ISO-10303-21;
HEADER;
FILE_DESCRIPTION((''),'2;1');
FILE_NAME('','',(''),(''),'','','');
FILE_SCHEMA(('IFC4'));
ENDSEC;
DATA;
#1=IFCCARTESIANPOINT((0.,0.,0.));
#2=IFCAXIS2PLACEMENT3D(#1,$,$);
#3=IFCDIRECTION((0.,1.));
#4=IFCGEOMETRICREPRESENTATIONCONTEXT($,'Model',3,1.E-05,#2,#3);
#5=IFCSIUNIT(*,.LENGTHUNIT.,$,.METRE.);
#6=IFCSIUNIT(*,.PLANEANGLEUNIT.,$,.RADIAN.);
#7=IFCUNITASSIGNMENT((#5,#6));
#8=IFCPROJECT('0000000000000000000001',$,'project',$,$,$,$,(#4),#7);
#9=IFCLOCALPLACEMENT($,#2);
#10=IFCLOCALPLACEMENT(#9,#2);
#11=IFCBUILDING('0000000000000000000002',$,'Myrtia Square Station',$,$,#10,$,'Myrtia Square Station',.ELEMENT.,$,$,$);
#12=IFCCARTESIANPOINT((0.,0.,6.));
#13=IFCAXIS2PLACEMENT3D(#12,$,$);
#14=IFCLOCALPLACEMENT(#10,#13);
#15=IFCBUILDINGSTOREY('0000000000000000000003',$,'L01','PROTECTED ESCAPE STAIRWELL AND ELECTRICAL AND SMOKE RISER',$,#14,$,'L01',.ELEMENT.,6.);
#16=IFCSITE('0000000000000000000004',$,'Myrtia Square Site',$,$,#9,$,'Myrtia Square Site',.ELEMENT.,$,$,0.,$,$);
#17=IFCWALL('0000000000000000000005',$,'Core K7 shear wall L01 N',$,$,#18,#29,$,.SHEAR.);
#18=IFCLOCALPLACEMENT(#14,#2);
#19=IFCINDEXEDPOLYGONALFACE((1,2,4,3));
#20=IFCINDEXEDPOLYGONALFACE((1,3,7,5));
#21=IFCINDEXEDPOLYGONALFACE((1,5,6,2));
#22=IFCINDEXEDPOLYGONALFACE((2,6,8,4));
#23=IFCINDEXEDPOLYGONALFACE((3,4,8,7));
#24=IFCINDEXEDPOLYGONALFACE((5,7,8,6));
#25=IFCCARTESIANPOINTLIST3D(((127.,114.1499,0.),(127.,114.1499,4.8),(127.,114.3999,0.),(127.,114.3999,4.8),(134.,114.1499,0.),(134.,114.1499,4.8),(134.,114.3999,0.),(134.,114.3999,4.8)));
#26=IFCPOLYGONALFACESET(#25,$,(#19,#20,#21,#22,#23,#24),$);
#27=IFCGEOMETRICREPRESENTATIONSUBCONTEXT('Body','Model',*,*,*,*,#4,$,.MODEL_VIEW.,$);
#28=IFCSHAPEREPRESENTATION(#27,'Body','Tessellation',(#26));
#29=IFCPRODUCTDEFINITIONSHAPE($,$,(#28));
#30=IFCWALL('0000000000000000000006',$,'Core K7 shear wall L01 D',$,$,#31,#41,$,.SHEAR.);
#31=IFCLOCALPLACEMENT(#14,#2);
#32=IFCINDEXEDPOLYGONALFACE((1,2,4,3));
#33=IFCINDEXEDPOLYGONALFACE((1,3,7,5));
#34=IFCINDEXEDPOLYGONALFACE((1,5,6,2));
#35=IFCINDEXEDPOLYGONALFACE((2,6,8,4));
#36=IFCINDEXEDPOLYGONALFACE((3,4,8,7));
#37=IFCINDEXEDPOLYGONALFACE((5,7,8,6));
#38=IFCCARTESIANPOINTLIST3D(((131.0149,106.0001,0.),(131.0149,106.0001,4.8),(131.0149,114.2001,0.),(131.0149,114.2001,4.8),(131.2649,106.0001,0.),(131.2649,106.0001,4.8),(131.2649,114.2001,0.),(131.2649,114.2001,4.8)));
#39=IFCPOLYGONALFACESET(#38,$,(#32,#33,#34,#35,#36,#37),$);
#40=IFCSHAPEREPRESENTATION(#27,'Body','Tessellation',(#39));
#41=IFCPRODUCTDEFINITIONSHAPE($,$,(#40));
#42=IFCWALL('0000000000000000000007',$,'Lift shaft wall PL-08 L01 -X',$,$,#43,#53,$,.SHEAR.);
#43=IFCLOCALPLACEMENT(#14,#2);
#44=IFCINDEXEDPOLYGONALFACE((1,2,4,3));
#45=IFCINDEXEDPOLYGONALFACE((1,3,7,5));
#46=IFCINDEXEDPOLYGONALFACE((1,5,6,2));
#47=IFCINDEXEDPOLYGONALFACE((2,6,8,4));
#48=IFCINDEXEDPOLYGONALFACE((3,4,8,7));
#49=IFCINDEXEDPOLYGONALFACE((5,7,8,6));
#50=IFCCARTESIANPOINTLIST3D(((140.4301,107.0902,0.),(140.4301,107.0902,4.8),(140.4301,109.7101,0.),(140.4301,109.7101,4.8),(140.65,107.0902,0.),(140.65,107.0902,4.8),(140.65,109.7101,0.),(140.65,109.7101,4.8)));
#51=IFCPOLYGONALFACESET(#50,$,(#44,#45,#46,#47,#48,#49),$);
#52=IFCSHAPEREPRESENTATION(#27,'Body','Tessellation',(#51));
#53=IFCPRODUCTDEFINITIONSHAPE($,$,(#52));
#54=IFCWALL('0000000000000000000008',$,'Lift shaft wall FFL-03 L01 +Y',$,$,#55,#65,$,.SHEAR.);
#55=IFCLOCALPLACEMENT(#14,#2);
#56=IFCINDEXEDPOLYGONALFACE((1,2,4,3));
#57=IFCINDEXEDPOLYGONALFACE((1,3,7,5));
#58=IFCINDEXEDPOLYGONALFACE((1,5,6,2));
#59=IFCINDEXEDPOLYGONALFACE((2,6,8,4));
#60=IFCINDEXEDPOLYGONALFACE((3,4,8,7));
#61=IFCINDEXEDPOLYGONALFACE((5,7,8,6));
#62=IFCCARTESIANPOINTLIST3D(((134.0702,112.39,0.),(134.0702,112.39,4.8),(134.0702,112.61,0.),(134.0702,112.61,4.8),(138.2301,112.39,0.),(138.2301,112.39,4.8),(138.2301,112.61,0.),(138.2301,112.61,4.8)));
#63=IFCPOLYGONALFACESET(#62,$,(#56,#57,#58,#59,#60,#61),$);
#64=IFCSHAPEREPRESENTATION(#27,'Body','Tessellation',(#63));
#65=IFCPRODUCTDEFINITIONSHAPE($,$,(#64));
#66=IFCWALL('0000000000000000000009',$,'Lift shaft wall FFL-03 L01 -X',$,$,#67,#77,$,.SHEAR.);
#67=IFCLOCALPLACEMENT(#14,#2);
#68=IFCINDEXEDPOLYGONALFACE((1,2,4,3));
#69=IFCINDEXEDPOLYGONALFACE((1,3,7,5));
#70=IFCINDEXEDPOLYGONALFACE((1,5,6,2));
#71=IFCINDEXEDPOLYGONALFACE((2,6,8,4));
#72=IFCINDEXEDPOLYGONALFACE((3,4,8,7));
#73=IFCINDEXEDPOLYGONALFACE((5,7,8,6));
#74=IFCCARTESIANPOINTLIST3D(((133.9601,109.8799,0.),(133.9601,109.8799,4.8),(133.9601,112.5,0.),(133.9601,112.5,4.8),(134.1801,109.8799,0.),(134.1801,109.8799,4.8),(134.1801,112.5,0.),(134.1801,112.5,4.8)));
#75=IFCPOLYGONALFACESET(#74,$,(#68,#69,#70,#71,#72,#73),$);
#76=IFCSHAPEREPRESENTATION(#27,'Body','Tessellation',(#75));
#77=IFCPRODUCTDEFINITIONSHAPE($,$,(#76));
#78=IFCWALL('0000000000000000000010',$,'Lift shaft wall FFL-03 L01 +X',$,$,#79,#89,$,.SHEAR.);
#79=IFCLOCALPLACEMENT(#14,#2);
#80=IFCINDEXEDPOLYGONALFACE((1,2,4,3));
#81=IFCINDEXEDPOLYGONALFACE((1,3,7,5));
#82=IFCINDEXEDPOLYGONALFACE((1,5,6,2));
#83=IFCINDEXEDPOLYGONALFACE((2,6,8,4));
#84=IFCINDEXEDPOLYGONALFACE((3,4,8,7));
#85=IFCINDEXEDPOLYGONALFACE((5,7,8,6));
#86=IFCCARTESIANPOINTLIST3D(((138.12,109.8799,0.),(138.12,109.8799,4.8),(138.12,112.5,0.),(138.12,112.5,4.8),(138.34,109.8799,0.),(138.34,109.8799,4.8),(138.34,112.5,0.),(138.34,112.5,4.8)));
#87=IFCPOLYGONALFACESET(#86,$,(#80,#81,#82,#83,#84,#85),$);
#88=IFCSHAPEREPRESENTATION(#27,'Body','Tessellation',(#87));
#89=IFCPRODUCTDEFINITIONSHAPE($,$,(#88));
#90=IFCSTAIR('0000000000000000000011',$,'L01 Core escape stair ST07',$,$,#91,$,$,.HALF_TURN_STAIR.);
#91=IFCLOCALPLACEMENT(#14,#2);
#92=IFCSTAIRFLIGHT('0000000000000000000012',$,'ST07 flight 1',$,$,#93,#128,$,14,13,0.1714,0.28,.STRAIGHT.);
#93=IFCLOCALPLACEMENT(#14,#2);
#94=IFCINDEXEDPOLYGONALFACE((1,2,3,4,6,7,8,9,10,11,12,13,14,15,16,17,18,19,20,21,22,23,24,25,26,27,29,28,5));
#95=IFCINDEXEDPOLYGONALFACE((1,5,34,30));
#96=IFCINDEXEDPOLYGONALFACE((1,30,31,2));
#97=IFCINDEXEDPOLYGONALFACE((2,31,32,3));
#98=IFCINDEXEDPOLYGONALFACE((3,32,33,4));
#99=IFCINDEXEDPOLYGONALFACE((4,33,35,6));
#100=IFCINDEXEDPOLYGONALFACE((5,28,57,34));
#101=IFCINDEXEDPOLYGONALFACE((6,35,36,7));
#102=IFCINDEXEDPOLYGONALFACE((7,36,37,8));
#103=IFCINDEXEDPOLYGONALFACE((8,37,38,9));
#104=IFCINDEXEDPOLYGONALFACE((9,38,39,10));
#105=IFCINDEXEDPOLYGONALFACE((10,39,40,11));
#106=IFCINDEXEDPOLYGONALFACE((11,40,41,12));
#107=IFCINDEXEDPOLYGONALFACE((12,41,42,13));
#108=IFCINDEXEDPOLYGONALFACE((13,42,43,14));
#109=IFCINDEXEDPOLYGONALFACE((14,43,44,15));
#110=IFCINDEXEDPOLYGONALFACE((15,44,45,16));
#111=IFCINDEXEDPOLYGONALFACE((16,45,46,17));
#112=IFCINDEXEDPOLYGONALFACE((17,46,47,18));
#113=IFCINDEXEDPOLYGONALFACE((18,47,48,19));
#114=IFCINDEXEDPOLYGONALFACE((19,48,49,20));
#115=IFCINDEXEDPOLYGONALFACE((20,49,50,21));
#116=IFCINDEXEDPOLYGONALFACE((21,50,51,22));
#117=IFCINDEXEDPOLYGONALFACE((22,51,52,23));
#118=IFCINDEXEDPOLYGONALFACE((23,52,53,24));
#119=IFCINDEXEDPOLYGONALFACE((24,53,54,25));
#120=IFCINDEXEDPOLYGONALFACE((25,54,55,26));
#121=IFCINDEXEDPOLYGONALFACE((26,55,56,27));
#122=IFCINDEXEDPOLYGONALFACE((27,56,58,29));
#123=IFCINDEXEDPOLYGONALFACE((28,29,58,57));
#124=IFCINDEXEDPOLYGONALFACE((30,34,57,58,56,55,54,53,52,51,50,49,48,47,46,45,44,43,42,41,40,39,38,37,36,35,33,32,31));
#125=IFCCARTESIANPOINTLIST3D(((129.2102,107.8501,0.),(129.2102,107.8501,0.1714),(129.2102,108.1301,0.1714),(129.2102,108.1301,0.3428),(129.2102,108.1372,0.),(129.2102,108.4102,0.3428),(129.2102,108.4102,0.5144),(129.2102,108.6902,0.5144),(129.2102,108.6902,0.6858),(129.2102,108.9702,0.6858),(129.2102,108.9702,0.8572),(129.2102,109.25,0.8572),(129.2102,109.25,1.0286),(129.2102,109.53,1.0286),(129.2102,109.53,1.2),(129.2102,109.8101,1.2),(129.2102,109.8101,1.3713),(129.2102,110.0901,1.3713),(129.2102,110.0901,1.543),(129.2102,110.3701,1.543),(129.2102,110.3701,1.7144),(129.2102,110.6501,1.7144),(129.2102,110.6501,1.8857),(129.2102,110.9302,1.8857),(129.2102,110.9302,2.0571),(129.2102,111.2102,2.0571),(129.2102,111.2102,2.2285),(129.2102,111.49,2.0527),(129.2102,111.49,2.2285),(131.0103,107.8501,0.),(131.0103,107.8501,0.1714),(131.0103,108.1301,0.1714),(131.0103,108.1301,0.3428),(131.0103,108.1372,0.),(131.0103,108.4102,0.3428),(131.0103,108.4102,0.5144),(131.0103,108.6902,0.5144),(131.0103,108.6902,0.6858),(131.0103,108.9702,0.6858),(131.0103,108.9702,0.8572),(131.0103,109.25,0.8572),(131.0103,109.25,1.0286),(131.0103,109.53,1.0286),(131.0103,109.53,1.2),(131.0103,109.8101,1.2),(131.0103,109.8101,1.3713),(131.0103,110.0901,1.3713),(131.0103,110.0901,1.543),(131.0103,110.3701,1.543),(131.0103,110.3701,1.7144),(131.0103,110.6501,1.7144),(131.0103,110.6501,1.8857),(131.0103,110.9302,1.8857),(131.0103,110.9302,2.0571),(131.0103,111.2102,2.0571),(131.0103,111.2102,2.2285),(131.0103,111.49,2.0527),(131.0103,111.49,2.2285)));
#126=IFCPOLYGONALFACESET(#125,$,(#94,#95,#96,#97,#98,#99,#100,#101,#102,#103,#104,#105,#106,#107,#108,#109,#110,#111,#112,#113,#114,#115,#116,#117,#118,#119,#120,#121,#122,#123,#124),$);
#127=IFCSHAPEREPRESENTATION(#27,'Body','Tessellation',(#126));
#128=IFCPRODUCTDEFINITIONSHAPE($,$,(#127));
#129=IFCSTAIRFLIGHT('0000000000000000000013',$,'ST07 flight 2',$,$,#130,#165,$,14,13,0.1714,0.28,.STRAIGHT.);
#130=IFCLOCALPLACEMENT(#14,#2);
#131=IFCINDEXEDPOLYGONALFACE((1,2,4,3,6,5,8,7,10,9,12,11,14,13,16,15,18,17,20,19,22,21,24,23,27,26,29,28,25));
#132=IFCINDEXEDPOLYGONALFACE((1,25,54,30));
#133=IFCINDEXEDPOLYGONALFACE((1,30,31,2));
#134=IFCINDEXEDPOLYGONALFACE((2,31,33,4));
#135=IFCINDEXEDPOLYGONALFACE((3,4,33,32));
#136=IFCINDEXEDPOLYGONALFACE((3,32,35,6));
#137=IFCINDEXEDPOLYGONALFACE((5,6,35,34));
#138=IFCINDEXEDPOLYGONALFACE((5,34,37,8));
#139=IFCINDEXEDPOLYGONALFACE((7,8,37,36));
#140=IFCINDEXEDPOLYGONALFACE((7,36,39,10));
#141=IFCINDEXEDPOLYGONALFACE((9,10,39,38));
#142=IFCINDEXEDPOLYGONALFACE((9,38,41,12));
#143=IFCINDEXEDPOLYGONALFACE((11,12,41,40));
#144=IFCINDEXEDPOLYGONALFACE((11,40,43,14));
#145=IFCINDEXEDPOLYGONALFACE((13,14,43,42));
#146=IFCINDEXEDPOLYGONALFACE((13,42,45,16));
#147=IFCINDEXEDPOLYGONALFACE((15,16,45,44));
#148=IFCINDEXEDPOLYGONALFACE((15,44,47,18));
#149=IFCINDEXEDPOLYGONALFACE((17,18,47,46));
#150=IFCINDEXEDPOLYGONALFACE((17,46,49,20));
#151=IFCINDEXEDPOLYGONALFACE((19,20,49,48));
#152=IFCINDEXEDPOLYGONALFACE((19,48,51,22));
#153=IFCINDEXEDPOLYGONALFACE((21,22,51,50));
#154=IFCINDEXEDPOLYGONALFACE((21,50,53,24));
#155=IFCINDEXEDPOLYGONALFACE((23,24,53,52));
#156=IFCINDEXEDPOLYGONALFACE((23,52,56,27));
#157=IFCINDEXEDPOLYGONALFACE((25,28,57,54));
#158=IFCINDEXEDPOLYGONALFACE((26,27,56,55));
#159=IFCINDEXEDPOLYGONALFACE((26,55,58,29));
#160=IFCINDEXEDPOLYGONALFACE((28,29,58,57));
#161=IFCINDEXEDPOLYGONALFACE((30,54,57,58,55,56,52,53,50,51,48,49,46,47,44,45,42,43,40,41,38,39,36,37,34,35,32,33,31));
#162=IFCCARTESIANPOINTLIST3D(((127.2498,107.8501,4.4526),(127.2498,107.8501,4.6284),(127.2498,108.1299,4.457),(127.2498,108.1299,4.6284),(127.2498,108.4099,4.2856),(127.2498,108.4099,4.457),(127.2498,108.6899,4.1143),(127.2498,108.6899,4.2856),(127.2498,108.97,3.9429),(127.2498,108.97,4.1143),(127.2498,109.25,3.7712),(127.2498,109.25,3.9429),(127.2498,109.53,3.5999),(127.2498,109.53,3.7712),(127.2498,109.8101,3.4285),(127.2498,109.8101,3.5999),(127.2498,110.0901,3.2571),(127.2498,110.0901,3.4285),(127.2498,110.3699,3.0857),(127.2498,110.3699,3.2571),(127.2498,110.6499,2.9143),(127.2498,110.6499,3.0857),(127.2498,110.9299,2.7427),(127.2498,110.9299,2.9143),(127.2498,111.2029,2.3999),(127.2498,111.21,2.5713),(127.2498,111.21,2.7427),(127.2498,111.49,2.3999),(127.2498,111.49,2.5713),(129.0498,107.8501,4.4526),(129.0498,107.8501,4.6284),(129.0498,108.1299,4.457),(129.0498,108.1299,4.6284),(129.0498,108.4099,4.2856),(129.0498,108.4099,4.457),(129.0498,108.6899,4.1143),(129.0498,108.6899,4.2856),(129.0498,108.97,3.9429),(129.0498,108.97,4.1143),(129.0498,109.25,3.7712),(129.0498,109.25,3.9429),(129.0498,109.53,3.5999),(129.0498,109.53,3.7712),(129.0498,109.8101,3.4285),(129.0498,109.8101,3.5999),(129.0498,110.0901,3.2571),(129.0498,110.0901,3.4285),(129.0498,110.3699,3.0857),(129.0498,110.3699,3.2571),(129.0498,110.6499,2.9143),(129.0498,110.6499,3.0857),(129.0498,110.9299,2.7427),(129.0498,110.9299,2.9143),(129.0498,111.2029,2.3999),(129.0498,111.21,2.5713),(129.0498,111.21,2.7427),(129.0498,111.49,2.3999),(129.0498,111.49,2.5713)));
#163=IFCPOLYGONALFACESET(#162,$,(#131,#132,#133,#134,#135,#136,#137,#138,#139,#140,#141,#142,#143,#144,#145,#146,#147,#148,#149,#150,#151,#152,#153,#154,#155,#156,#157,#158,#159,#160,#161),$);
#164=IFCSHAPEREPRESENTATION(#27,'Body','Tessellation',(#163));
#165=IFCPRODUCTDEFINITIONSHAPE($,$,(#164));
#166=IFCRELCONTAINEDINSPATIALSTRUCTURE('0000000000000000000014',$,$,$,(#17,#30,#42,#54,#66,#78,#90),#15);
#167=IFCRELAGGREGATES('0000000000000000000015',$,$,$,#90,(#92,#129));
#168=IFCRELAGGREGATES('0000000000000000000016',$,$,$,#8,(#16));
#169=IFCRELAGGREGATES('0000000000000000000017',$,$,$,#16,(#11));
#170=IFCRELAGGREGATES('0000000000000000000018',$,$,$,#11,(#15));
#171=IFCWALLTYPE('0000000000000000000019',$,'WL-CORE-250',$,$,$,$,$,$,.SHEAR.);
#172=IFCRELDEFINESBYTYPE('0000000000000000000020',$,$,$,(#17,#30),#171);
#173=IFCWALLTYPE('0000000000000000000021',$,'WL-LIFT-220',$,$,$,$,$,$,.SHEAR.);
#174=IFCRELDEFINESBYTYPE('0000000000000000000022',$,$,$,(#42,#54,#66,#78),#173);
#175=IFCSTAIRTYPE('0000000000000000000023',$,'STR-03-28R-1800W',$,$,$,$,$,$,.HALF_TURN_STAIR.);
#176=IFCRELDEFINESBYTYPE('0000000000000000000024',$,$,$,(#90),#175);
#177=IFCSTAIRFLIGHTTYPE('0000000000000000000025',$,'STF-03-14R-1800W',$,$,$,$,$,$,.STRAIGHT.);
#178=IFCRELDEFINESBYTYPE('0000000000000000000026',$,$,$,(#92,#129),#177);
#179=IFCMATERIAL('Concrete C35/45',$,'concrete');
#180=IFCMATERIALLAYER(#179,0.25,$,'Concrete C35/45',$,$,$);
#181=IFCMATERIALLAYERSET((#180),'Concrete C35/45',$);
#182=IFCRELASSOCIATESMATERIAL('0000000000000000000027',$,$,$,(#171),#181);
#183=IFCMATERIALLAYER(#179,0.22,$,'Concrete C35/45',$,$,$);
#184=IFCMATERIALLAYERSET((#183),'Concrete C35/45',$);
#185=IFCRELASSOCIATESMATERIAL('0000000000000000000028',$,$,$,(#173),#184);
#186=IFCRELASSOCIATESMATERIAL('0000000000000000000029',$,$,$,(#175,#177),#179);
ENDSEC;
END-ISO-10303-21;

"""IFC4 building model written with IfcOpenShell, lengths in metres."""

from ifc_helpers import new_model, si_unit, direction, frame, frame_2d, origin, place, context, subcontext, project, spatial, polyline, rectangle, outline, extrude, material, layer, layer_set, type_object, element, aggregate, save


model = new_model("IFC4")

# Units and contexts
model_context = context("Model", 3, precision=1e-05, world=origin(), true_north=direction((0.0, 1.0)))
body_context = subcontext(model_context, "Body", "Model", "MODEL_VIEW")
ifc_project = project(units=[si_unit("LENGTHUNIT", "METRE"), si_unit("PLANEANGLEUNIT", "RADIAN")], contexts=[model_context])

# Site, building, storey
site_placement = place(None, origin())
site = spatial("IfcSite", under=ifc_project, at=site_placement, Name="Myrtia Square Site", LongName="Myrtia Square Site", CompositionType="ELEMENT", RefElevation=0.0)
building_placement = place(site_placement, origin())
building = spatial("IfcBuilding", under=site, at=building_placement, Name="Myrtia Square Station", LongName="Myrtia Square Station", CompositionType="ELEMENT")
storey_placement = place(building_placement, frame((0.0, 0.0, 6.0)))
storey = spatial("IfcBuildingStorey", under=building, at=storey_placement, Name="L01", Description="PROTECTED ESCAPE STAIRWELL AND ELECTRICAL AND SMOKE RISER", LongName="L01", CompositionType="ELEMENT", Elevation=6.0)

# Walls
ifc_material_1 = material(Name="Concrete C35/45", Category="concrete")
ifc_layer_1 = layer(ifc_material_1, 0.25, Name="Concrete C35/45")
ifc_layer_set_1 = layer_set([ifc_layer_1], Name="Concrete C35/45")
wall_type_1 = type_object("IfcWallType", Name="WL-CORE-250", PredefinedType="SHEAR", material=ifc_layer_set_1)
wall_1_placement = place(storey_placement, frame((127.0, 114.2749, 0.0), z_axis=(0.0, 0.0, 1.0), x_axis=(1.0, 0.0, 0.0)))
element("IfcWall", 1, at=wall_1_placement, inside=storey, type_object=wall_type_1, Name="Core K7 shear wall L01 N", PredefinedType="SHEAR", context=body_context, shape_type="SweptSolid", body=[
    extrude(rectangle(XDim=7.0, YDim=0.25, at=frame_2d((3.5, 0.0))), origin(), (0.0, 0.0, 1.0), 4.8),
])
wall_2_placement = place(storey_placement, frame((131.1399, 106.0, 0.0), z_axis=(0.0, 0.0, 1.0), x_axis=(0.0, 1.0, 0.0)))
element("IfcWall", 2, at=wall_2_placement, inside=storey, type_object=wall_type_1, Name="Core K7 shear wall L01 D", PredefinedType="SHEAR", context=body_context, shape_type="SweptSolid", body=[
    extrude(rectangle(XDim=8.2, YDim=0.25, at=frame_2d((4.1001, 0.0))), origin(), (0.0, 0.0, 1.0), 4.8),
])

# Shared definitions
ifc_layer_2 = layer(ifc_material_1, 0.22, Name="Concrete C35/45")
ifc_layer_set_2 = layer_set([ifc_layer_2], Name="Concrete C35/45")
wall_type_2 = type_object("IfcWallType", Name="WL-LIFT-220", PredefinedType="SHEAR", material=ifc_layer_set_2)

# Wall
wall_3_placement = place(storey_placement, frame((140.54, 107.0901, 0.0), z_axis=(0.0, 0.0, 1.0), x_axis=(0.0, 1.0, 0.0)))
element("IfcWall", 3, at=wall_3_placement, inside=storey, type_object=wall_type_2, Name="Lift shaft wall PL-08 L01 -X", PredefinedType="SHEAR", context=body_context, shape_type="SweptSolid", body=[
    extrude(rectangle(XDim=2.6199, YDim=0.22, at=frame_2d((1.3101, 0.0))), origin(), (0.0, 0.0, 1.0), 4.8),
])

# Walls
wall_4_placement = place(storey_placement, frame((134.0701, 112.5, 0.0), z_axis=(0.0, 0.0, 1.0), x_axis=(1.0, 0.0, 0.0)))
element("IfcWall", 4, at=wall_4_placement, inside=storey, type_object=wall_type_2, Name="Lift shaft wall FFL-03 L01 +Y", PredefinedType="SHEAR", context=body_context, shape_type="SweptSolid", body=[
    extrude(rectangle(XDim=4.1599, YDim=0.22, at=frame_2d((2.0801, 0.0))), origin(), (0.0, 0.0, 1.0), 4.8),
])
for number, where, z_axis, x_axis, name in (
    (5, (134.0701, 109.8799, 0.0), (0.0, 0.0, 1.0), (0.0, 1.0, 0.0), "Lift shaft wall FFL-03 L01 -X"),
    (6, (138.23, 109.8799, 0.0), (0.0, 0.0, 1.0), (0.0, 1.0, 0.0), "Lift shaft wall FFL-03 L01 +X"),
):
    element("IfcWall", number, at=place(storey_placement, frame(where, z_axis=z_axis, x_axis=x_axis)), inside=storey, type_object=wall_type_2, Name=name, PredefinedType="SHEAR", context=body_context, shape_type="SweptSolid", body=[
        extrude(rectangle(XDim=2.6201, YDim=0.22, at=frame_2d((1.3101, 0.0))), origin(), (0.0, 0.0, 1.0), 4.8),
    ])

# Stair, stair flights
stair_type = type_object("IfcStairType", Name="STR-03-28R-1800W", PredefinedType="HALF_TURN_STAIR", material=ifc_material_1)
stair_placement = place(storey_placement, origin())
stair = element("IfcStair", 7, at=stair_placement, inside=storey, type_object=stair_type, Name="L01 Core escape stair ST07", PredefinedType="HALF_TURN_STAIR")
stair_flight_type = type_object("IfcStairFlightType", Name="STF-03-14R-1800W", PredefinedType="STRAIGHT", material=ifc_material_1)
stair_flight_1_placement = place(storey_placement, frame((130.1101, 107.8501, 0.0), z_axis=(0.0, 0.0, 1.0), x_axis=(0.0, 1.0, 0.0)))
stair_flight_1 = element("IfcStairFlight", 8, at=stair_flight_1_placement, type_object=stair_flight_type, Name="ST07 flight 1", NumberOfRisers=14, NumberOfTreads=13, PredefinedType="STRAIGHT", RiserHeight=0.1714, TreadLength=0.28, context=body_context, shape_type="SweptSolid", body=[
    extrude(outline(polyline([(0.0, 0.0), (0.0, 0.1714), (0.28, 0.1714), (0.28, 0.3428), (0.5601, 0.3428), (0.5601, 0.5144), (0.8401, 0.5144), (0.8401, 0.6858), (1.1201, 0.6858), (1.1201, 0.8572), (1.3999, 0.8572), (1.3999, 1.0286), (1.6799, 1.0286), (1.6799, 1.2), (1.96, 1.2), (1.96, 1.3713), (2.24, 1.3713), (2.24, 1.543), (2.52, 1.543), (2.52, 1.7144), (2.8, 1.7144), (2.8, 1.8857), (3.0801, 1.8857), (3.0801, 2.0571), (3.3601, 2.0571), (3.3601, 2.2285), (3.6399, 2.2285), (3.6399, 2.3999), (3.6399, 2.0527), (0.2871, 0.0), (0.0, 0.0)])), frame((0.0, 0.8999, 0.0), z_axis=(0.0, -1.0, 0.0), x_axis=(1.0, 0.0, 0.0)), (0.0, 0.0, 1.0), 1.8),
])
stair_flight_2_placement = place(storey_placement, frame((128.1499, 111.49, 2.3999), z_axis=(0.0, 0.0, 1.0), x_axis=(0.0, -1.0, 0.0)))
stair_flight_2 = element("IfcStairFlight", 9, at=stair_flight_2_placement, type_object=stair_flight_type, Name="ST07 flight 2", NumberOfRisers=14, NumberOfTreads=13, PredefinedType="STRAIGHT", RiserHeight=0.1714, TreadLength=0.28, context=body_context, shape_type="SweptSolid", body=[
    extrude(outline(polyline([(0.0, 0.0), (0.0, 0.1714), (0.28, 0.1714), (0.28, 0.3428), (0.5601, 0.3428), (0.5601, 0.5144), (0.8401, 0.5144), (0.8401, 0.6858), (1.1201, 0.6858), (1.1201, 0.8572), (1.3999, 0.8572), (1.3999, 1.0286), (1.6799, 1.0286), (1.6799, 1.2), (1.96, 1.2), (1.96, 1.3713), (2.24, 1.3713), (2.24, 1.543), (2.52, 1.543), (2.52, 1.7144), (2.8, 1.7144), (2.8, 1.8857), (3.0801, 1.8857), (3.0801, 2.0571), (3.3601, 2.0571), (3.3601, 2.2285), (3.6399, 2.2285), (3.6399, 2.3999), (3.6399, 2.0527), (0.2871, 0.0), (0.0, 0.0)])), frame((0.0, 0.8999, 0.0), z_axis=(0.0, -1.0, 0.0), x_axis=(1.0, 0.0, 0.0)), (0.0, 0.0, 1.0), 1.8),
])
aggregate(stair, [stair_flight_1, stair_flight_2])

save(model, "model.ifc")
